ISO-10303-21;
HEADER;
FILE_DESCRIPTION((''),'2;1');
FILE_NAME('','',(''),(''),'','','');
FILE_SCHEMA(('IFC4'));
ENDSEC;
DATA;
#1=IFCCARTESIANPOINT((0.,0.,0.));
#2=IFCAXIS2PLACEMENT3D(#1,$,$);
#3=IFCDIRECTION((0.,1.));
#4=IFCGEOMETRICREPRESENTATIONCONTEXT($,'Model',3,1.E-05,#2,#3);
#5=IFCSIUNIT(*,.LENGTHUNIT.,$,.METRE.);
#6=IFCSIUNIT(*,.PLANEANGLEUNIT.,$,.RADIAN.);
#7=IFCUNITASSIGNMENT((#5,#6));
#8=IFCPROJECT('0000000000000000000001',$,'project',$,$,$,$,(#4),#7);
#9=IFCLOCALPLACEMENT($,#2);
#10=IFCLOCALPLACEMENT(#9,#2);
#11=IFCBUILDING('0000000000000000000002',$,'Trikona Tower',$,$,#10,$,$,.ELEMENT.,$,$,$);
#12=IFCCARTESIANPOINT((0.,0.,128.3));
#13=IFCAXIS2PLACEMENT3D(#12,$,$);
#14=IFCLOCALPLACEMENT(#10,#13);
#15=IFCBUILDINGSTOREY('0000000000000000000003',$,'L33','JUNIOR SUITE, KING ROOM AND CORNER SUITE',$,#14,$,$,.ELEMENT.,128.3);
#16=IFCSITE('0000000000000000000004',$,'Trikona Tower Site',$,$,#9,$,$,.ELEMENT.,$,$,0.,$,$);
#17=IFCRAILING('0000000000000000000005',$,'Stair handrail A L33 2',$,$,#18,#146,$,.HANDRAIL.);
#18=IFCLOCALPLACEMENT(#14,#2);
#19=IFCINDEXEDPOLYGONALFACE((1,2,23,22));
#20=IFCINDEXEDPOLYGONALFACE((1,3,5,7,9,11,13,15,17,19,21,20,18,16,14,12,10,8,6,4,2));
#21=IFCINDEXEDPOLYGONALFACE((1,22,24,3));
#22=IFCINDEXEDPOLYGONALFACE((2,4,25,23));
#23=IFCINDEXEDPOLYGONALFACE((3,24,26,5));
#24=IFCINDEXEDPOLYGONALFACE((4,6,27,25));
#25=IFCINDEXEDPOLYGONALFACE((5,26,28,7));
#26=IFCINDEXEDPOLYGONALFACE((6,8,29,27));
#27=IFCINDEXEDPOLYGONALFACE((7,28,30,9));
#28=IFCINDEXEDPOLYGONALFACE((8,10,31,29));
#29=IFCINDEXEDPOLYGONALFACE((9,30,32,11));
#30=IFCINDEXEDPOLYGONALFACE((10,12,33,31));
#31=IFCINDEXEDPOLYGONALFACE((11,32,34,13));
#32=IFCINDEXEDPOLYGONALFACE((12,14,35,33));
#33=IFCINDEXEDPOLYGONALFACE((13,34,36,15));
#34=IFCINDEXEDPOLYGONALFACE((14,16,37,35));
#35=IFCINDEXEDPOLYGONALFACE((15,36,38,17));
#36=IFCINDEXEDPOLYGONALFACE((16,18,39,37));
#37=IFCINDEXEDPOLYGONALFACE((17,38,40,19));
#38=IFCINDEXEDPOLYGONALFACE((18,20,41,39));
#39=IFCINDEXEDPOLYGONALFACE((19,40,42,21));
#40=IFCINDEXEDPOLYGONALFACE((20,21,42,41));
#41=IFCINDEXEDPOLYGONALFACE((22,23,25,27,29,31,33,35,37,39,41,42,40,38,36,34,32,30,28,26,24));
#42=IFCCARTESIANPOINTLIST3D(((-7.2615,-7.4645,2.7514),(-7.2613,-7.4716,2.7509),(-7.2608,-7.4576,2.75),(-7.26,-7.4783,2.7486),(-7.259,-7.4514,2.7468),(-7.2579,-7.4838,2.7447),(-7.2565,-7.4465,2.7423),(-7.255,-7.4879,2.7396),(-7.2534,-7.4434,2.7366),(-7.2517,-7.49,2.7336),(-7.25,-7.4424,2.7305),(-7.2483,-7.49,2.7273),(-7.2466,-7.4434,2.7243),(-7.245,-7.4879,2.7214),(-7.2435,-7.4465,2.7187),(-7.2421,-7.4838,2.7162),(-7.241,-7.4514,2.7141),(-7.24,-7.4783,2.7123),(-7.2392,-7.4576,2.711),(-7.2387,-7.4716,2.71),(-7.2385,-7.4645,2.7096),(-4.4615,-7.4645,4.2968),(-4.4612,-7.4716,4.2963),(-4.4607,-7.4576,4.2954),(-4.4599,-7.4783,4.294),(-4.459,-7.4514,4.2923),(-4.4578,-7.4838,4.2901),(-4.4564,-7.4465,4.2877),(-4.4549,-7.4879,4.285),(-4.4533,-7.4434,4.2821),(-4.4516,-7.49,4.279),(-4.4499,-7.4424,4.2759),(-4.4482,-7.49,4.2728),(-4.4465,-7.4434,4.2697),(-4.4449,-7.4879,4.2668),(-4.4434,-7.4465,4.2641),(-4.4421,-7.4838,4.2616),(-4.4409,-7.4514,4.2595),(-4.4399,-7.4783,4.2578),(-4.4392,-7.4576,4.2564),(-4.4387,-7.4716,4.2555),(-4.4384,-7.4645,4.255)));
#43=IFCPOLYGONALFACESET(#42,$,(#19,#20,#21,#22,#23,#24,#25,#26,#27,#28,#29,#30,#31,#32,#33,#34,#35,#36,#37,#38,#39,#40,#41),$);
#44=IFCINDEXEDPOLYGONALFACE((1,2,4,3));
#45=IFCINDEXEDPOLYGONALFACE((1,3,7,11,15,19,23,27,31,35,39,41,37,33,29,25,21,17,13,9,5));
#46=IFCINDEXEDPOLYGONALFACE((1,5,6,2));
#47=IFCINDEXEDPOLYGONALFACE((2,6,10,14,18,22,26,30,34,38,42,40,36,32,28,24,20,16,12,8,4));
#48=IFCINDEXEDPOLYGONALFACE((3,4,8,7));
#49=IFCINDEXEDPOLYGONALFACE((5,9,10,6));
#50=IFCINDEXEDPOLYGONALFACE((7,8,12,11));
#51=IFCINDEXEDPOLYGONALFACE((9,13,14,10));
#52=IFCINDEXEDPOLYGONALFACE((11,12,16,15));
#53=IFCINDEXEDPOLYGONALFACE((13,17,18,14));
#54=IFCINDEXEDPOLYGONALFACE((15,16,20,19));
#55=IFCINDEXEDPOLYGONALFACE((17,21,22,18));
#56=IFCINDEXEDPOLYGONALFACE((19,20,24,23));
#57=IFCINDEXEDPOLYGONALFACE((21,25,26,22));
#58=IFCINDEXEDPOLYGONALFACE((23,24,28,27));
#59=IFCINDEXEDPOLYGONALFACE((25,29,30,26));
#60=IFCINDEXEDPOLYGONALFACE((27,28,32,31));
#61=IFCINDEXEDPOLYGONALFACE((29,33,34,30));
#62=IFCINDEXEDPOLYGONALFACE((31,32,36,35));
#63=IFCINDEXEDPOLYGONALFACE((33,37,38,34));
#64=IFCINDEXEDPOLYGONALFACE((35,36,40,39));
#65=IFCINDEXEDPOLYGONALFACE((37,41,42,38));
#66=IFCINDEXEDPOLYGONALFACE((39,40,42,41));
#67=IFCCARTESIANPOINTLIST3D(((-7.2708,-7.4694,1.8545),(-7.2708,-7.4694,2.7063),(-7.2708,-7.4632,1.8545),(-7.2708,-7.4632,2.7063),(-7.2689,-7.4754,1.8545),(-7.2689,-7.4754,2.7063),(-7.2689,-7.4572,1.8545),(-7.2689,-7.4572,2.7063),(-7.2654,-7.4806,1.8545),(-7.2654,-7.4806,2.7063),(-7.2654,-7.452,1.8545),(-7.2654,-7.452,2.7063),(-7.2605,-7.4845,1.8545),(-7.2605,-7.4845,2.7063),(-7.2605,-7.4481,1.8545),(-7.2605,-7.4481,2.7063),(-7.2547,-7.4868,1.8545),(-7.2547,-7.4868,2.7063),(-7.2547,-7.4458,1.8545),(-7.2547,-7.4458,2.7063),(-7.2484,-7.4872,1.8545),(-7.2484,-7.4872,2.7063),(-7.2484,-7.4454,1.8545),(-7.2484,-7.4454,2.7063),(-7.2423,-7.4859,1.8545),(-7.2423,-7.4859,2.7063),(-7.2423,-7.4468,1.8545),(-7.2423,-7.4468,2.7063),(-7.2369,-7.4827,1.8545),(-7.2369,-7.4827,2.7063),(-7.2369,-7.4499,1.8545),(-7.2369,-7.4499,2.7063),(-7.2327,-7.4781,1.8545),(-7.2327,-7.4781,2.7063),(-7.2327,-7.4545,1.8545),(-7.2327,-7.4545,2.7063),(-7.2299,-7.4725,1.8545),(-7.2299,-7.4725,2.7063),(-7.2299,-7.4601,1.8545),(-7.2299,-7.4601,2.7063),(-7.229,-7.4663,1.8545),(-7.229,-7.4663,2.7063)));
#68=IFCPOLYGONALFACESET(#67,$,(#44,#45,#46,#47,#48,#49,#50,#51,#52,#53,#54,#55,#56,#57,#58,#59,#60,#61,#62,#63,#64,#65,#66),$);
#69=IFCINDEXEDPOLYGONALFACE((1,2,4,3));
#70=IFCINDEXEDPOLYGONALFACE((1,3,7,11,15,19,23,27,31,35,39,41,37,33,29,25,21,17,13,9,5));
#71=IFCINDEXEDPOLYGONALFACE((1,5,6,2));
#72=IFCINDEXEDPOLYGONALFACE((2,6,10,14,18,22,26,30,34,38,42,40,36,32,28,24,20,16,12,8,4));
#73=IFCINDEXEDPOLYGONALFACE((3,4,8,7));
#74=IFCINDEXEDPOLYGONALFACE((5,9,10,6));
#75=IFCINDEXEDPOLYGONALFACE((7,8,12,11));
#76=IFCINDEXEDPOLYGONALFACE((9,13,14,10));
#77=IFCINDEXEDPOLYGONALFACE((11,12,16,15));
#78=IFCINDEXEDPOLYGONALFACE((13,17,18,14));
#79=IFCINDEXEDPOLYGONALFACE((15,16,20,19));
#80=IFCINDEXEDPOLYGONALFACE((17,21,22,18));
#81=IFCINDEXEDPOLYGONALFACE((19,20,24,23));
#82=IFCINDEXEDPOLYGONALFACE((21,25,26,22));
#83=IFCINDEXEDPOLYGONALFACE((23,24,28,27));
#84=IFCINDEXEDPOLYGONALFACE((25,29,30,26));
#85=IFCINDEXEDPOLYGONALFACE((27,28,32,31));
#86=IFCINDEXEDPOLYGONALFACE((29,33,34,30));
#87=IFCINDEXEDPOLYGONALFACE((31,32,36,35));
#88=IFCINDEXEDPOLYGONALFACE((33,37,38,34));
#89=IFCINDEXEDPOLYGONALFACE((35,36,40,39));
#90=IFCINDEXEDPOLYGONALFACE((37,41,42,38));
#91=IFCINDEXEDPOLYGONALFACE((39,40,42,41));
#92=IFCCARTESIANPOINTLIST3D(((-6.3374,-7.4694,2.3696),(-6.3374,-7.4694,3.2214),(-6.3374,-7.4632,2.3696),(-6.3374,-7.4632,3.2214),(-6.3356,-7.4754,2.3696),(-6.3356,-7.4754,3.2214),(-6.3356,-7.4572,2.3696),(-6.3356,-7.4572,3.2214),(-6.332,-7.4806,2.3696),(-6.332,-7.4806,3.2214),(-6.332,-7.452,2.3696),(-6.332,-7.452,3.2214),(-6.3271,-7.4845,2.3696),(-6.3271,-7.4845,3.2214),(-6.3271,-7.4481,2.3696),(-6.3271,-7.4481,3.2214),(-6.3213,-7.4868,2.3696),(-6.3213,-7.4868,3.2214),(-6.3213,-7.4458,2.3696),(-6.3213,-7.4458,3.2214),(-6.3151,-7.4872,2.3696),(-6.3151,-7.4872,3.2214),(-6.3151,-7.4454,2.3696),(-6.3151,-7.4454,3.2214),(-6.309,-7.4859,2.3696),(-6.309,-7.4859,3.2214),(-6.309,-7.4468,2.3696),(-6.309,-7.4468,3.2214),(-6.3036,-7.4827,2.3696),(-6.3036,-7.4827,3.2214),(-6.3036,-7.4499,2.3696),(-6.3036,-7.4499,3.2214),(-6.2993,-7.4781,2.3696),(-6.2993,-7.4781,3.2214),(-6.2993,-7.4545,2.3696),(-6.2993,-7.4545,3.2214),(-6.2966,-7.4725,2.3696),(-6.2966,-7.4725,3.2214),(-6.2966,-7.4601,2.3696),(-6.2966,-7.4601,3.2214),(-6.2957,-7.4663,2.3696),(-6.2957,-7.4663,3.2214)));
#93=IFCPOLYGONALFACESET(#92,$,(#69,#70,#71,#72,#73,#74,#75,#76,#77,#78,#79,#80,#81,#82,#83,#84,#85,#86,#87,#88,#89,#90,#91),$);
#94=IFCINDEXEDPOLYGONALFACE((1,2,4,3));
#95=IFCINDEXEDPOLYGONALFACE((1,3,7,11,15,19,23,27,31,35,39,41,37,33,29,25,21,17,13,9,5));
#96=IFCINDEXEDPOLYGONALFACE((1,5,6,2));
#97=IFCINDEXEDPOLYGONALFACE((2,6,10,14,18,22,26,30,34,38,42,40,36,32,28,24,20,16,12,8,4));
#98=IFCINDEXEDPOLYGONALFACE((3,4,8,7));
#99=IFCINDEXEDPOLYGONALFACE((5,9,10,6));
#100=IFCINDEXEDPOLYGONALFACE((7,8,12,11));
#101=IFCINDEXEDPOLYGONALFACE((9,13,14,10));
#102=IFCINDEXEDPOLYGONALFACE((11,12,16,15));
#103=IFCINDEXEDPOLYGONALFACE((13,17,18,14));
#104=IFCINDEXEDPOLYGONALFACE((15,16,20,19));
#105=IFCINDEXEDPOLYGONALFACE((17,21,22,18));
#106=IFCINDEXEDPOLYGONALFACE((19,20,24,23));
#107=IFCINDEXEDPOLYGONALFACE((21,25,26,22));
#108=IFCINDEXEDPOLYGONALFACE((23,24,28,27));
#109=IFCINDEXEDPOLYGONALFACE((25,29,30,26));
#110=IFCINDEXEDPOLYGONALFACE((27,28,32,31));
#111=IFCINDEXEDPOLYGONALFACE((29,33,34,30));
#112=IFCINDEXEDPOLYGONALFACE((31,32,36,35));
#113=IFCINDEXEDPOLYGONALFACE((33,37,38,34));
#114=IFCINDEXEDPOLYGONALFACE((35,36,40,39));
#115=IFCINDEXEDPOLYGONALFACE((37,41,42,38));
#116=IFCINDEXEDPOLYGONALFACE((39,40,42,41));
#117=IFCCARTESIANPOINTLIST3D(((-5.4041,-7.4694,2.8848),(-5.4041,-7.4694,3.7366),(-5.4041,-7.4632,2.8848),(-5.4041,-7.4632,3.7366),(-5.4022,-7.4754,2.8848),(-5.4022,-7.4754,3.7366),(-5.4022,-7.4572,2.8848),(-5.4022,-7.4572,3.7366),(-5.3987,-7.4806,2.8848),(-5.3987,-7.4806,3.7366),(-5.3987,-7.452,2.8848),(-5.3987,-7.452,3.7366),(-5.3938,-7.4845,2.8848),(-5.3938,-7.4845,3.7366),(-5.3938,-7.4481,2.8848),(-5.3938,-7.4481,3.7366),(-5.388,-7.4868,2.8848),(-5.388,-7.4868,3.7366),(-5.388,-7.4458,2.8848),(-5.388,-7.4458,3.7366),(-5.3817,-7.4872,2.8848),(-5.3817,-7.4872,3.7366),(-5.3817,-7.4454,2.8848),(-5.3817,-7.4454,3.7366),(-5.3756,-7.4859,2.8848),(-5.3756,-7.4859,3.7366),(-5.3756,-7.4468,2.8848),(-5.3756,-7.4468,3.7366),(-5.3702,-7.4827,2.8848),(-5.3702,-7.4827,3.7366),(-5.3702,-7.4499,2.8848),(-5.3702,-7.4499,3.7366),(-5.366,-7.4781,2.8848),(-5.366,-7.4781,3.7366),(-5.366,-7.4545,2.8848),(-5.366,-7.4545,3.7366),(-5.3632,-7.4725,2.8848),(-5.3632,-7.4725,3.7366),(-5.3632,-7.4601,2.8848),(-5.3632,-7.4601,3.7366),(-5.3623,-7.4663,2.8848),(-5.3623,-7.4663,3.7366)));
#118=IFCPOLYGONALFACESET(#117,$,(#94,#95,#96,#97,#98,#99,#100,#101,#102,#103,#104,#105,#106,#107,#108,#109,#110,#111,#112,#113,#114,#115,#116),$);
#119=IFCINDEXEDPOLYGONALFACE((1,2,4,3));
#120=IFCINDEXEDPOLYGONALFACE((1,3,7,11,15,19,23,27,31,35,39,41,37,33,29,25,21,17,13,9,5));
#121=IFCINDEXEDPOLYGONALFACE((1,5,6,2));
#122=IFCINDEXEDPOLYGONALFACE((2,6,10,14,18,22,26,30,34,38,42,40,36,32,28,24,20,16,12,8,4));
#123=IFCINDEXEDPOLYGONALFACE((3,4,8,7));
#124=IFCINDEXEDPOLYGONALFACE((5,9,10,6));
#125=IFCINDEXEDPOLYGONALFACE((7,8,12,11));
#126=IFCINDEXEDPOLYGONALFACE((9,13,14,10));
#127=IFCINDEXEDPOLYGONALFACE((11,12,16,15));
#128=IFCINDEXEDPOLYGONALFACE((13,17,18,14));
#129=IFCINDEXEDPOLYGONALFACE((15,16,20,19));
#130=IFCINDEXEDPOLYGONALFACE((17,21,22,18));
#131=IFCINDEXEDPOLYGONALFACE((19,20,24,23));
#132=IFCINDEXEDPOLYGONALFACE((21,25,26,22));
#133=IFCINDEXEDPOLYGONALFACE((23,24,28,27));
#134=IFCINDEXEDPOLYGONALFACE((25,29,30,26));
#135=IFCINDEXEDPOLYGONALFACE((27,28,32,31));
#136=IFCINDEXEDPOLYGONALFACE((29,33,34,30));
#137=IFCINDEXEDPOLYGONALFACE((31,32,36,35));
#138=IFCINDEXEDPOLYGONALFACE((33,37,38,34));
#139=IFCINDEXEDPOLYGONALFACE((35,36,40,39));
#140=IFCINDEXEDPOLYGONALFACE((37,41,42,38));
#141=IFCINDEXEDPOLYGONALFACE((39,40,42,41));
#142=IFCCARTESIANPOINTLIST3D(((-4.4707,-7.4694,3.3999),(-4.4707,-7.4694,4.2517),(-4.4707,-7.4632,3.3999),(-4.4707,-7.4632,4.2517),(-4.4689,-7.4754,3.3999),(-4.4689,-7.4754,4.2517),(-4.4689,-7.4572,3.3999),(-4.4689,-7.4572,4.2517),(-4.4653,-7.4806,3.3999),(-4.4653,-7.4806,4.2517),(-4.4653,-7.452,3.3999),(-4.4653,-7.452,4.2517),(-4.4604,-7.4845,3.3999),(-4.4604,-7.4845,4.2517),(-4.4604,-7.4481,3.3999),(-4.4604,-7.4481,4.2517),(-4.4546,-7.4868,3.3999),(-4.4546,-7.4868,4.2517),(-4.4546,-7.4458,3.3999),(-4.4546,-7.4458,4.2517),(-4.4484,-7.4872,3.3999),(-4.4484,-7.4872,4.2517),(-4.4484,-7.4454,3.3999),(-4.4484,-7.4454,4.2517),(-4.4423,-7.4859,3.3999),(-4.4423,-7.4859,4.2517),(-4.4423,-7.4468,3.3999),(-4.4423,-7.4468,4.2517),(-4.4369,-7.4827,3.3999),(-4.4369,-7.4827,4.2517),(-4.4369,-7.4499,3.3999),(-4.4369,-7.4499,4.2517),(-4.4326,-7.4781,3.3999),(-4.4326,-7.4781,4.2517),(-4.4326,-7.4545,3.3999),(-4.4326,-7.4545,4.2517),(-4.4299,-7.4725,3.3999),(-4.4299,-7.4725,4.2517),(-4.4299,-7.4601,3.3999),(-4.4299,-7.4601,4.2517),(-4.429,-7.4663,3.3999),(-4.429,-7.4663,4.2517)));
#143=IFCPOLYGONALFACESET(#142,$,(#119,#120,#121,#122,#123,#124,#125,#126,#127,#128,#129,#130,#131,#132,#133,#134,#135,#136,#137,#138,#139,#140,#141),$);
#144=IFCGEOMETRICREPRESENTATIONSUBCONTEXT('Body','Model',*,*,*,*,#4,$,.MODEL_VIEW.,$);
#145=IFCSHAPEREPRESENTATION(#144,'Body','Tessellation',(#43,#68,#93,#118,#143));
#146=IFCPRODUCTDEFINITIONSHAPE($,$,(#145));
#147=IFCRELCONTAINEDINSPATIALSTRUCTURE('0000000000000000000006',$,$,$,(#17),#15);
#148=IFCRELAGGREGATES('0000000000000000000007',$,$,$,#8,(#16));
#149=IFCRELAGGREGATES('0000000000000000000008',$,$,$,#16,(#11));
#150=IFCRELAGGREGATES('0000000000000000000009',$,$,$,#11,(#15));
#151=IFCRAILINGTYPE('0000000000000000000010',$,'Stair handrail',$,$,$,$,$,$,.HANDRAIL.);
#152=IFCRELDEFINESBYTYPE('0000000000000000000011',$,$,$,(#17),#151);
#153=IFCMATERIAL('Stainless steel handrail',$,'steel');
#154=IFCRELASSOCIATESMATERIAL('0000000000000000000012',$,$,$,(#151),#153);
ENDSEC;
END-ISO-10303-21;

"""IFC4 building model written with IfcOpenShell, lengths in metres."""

from ifc_helpers import new_model, si_unit, direction, frame, origin, origin_2d, place, context, subcontext, project, spatial, circle, extrude, material, type_object, element, save


model = new_model("IFC4")

# Units and contexts
model_context = context("Model", 3, precision=1e-05, world=origin(), true_north=direction((0.0, 1.0)))
body_context = subcontext(model_context, "Body", "Model", "MODEL_VIEW")
ifc_project = project(units=[si_unit("LENGTHUNIT", "METRE"), si_unit("PLANEANGLEUNIT", "RADIAN")], contexts=[model_context])

# Site, building, storey
site_placement = place(None, origin())
site = spatial("IfcSite", under=ifc_project, at=site_placement, Name="Trikona Tower Site", CompositionType="ELEMENT", RefElevation=0.0)
building_placement = place(site_placement, origin())
building = spatial("IfcBuilding", under=site, at=building_placement, Name="Trikona Tower", CompositionType="ELEMENT")
storey_placement = place(building_placement, frame((0.0, 0.0, 128.3)))
storey = spatial("IfcBuildingStorey", under=building, at=storey_placement, Name="L33", Description="JUNIOR SUITE, KING ROOM AND CORNER SUITE", CompositionType="ELEMENT", Elevation=128.3)

# Railing
ifc_material_1 = material(Name="Stainless steel handrail", Category="steel")
railing_type = type_object("IfcRailingType", Name="Stair handrail", PredefinedType="HANDRAIL", material=ifc_material_1)
railing_placement = place(storey_placement, frame((-7.25, -7.4663, 1.8545)))
element("IfcRailing", 1, at=railing_placement, inside=storey, type_object=railing_type, Name="Stair handrail A L33 2", PredefinedType="HANDRAIL", context=body_context, shape_type="SweptSolid", body=[
    extrude(circle(Radius=0.0239, at=origin_2d()), frame((0.0, 0.0, 0.876), z_axis=(0.875504, 0.0, 0.483211), x_axis=(0.0, 1.0, 0.0)), (0.0, 0.0, 1.0), 3.1982),
    extrude(circle(Radius=0.021, at=origin_2d()), origin(), (0.0, 0.0, 1.0), 0.8518),
    extrude(circle(Radius=0.021, at=origin_2d()), frame((0.9333, 0.0, 0.5151)), (0.0, 0.0, 1.0), 0.8518),
    extrude(circle(Radius=0.021, at=origin_2d()), frame((1.8667, 0.0, 1.0303)), (0.0, 0.0, 1.0), 0.8518),
    extrude(circle(Radius=0.021, at=origin_2d()), frame((2.8, 0.0, 1.5454)), (0.0, 0.0, 1.0), 0.8518),
])

save(model, "model.ifc")
